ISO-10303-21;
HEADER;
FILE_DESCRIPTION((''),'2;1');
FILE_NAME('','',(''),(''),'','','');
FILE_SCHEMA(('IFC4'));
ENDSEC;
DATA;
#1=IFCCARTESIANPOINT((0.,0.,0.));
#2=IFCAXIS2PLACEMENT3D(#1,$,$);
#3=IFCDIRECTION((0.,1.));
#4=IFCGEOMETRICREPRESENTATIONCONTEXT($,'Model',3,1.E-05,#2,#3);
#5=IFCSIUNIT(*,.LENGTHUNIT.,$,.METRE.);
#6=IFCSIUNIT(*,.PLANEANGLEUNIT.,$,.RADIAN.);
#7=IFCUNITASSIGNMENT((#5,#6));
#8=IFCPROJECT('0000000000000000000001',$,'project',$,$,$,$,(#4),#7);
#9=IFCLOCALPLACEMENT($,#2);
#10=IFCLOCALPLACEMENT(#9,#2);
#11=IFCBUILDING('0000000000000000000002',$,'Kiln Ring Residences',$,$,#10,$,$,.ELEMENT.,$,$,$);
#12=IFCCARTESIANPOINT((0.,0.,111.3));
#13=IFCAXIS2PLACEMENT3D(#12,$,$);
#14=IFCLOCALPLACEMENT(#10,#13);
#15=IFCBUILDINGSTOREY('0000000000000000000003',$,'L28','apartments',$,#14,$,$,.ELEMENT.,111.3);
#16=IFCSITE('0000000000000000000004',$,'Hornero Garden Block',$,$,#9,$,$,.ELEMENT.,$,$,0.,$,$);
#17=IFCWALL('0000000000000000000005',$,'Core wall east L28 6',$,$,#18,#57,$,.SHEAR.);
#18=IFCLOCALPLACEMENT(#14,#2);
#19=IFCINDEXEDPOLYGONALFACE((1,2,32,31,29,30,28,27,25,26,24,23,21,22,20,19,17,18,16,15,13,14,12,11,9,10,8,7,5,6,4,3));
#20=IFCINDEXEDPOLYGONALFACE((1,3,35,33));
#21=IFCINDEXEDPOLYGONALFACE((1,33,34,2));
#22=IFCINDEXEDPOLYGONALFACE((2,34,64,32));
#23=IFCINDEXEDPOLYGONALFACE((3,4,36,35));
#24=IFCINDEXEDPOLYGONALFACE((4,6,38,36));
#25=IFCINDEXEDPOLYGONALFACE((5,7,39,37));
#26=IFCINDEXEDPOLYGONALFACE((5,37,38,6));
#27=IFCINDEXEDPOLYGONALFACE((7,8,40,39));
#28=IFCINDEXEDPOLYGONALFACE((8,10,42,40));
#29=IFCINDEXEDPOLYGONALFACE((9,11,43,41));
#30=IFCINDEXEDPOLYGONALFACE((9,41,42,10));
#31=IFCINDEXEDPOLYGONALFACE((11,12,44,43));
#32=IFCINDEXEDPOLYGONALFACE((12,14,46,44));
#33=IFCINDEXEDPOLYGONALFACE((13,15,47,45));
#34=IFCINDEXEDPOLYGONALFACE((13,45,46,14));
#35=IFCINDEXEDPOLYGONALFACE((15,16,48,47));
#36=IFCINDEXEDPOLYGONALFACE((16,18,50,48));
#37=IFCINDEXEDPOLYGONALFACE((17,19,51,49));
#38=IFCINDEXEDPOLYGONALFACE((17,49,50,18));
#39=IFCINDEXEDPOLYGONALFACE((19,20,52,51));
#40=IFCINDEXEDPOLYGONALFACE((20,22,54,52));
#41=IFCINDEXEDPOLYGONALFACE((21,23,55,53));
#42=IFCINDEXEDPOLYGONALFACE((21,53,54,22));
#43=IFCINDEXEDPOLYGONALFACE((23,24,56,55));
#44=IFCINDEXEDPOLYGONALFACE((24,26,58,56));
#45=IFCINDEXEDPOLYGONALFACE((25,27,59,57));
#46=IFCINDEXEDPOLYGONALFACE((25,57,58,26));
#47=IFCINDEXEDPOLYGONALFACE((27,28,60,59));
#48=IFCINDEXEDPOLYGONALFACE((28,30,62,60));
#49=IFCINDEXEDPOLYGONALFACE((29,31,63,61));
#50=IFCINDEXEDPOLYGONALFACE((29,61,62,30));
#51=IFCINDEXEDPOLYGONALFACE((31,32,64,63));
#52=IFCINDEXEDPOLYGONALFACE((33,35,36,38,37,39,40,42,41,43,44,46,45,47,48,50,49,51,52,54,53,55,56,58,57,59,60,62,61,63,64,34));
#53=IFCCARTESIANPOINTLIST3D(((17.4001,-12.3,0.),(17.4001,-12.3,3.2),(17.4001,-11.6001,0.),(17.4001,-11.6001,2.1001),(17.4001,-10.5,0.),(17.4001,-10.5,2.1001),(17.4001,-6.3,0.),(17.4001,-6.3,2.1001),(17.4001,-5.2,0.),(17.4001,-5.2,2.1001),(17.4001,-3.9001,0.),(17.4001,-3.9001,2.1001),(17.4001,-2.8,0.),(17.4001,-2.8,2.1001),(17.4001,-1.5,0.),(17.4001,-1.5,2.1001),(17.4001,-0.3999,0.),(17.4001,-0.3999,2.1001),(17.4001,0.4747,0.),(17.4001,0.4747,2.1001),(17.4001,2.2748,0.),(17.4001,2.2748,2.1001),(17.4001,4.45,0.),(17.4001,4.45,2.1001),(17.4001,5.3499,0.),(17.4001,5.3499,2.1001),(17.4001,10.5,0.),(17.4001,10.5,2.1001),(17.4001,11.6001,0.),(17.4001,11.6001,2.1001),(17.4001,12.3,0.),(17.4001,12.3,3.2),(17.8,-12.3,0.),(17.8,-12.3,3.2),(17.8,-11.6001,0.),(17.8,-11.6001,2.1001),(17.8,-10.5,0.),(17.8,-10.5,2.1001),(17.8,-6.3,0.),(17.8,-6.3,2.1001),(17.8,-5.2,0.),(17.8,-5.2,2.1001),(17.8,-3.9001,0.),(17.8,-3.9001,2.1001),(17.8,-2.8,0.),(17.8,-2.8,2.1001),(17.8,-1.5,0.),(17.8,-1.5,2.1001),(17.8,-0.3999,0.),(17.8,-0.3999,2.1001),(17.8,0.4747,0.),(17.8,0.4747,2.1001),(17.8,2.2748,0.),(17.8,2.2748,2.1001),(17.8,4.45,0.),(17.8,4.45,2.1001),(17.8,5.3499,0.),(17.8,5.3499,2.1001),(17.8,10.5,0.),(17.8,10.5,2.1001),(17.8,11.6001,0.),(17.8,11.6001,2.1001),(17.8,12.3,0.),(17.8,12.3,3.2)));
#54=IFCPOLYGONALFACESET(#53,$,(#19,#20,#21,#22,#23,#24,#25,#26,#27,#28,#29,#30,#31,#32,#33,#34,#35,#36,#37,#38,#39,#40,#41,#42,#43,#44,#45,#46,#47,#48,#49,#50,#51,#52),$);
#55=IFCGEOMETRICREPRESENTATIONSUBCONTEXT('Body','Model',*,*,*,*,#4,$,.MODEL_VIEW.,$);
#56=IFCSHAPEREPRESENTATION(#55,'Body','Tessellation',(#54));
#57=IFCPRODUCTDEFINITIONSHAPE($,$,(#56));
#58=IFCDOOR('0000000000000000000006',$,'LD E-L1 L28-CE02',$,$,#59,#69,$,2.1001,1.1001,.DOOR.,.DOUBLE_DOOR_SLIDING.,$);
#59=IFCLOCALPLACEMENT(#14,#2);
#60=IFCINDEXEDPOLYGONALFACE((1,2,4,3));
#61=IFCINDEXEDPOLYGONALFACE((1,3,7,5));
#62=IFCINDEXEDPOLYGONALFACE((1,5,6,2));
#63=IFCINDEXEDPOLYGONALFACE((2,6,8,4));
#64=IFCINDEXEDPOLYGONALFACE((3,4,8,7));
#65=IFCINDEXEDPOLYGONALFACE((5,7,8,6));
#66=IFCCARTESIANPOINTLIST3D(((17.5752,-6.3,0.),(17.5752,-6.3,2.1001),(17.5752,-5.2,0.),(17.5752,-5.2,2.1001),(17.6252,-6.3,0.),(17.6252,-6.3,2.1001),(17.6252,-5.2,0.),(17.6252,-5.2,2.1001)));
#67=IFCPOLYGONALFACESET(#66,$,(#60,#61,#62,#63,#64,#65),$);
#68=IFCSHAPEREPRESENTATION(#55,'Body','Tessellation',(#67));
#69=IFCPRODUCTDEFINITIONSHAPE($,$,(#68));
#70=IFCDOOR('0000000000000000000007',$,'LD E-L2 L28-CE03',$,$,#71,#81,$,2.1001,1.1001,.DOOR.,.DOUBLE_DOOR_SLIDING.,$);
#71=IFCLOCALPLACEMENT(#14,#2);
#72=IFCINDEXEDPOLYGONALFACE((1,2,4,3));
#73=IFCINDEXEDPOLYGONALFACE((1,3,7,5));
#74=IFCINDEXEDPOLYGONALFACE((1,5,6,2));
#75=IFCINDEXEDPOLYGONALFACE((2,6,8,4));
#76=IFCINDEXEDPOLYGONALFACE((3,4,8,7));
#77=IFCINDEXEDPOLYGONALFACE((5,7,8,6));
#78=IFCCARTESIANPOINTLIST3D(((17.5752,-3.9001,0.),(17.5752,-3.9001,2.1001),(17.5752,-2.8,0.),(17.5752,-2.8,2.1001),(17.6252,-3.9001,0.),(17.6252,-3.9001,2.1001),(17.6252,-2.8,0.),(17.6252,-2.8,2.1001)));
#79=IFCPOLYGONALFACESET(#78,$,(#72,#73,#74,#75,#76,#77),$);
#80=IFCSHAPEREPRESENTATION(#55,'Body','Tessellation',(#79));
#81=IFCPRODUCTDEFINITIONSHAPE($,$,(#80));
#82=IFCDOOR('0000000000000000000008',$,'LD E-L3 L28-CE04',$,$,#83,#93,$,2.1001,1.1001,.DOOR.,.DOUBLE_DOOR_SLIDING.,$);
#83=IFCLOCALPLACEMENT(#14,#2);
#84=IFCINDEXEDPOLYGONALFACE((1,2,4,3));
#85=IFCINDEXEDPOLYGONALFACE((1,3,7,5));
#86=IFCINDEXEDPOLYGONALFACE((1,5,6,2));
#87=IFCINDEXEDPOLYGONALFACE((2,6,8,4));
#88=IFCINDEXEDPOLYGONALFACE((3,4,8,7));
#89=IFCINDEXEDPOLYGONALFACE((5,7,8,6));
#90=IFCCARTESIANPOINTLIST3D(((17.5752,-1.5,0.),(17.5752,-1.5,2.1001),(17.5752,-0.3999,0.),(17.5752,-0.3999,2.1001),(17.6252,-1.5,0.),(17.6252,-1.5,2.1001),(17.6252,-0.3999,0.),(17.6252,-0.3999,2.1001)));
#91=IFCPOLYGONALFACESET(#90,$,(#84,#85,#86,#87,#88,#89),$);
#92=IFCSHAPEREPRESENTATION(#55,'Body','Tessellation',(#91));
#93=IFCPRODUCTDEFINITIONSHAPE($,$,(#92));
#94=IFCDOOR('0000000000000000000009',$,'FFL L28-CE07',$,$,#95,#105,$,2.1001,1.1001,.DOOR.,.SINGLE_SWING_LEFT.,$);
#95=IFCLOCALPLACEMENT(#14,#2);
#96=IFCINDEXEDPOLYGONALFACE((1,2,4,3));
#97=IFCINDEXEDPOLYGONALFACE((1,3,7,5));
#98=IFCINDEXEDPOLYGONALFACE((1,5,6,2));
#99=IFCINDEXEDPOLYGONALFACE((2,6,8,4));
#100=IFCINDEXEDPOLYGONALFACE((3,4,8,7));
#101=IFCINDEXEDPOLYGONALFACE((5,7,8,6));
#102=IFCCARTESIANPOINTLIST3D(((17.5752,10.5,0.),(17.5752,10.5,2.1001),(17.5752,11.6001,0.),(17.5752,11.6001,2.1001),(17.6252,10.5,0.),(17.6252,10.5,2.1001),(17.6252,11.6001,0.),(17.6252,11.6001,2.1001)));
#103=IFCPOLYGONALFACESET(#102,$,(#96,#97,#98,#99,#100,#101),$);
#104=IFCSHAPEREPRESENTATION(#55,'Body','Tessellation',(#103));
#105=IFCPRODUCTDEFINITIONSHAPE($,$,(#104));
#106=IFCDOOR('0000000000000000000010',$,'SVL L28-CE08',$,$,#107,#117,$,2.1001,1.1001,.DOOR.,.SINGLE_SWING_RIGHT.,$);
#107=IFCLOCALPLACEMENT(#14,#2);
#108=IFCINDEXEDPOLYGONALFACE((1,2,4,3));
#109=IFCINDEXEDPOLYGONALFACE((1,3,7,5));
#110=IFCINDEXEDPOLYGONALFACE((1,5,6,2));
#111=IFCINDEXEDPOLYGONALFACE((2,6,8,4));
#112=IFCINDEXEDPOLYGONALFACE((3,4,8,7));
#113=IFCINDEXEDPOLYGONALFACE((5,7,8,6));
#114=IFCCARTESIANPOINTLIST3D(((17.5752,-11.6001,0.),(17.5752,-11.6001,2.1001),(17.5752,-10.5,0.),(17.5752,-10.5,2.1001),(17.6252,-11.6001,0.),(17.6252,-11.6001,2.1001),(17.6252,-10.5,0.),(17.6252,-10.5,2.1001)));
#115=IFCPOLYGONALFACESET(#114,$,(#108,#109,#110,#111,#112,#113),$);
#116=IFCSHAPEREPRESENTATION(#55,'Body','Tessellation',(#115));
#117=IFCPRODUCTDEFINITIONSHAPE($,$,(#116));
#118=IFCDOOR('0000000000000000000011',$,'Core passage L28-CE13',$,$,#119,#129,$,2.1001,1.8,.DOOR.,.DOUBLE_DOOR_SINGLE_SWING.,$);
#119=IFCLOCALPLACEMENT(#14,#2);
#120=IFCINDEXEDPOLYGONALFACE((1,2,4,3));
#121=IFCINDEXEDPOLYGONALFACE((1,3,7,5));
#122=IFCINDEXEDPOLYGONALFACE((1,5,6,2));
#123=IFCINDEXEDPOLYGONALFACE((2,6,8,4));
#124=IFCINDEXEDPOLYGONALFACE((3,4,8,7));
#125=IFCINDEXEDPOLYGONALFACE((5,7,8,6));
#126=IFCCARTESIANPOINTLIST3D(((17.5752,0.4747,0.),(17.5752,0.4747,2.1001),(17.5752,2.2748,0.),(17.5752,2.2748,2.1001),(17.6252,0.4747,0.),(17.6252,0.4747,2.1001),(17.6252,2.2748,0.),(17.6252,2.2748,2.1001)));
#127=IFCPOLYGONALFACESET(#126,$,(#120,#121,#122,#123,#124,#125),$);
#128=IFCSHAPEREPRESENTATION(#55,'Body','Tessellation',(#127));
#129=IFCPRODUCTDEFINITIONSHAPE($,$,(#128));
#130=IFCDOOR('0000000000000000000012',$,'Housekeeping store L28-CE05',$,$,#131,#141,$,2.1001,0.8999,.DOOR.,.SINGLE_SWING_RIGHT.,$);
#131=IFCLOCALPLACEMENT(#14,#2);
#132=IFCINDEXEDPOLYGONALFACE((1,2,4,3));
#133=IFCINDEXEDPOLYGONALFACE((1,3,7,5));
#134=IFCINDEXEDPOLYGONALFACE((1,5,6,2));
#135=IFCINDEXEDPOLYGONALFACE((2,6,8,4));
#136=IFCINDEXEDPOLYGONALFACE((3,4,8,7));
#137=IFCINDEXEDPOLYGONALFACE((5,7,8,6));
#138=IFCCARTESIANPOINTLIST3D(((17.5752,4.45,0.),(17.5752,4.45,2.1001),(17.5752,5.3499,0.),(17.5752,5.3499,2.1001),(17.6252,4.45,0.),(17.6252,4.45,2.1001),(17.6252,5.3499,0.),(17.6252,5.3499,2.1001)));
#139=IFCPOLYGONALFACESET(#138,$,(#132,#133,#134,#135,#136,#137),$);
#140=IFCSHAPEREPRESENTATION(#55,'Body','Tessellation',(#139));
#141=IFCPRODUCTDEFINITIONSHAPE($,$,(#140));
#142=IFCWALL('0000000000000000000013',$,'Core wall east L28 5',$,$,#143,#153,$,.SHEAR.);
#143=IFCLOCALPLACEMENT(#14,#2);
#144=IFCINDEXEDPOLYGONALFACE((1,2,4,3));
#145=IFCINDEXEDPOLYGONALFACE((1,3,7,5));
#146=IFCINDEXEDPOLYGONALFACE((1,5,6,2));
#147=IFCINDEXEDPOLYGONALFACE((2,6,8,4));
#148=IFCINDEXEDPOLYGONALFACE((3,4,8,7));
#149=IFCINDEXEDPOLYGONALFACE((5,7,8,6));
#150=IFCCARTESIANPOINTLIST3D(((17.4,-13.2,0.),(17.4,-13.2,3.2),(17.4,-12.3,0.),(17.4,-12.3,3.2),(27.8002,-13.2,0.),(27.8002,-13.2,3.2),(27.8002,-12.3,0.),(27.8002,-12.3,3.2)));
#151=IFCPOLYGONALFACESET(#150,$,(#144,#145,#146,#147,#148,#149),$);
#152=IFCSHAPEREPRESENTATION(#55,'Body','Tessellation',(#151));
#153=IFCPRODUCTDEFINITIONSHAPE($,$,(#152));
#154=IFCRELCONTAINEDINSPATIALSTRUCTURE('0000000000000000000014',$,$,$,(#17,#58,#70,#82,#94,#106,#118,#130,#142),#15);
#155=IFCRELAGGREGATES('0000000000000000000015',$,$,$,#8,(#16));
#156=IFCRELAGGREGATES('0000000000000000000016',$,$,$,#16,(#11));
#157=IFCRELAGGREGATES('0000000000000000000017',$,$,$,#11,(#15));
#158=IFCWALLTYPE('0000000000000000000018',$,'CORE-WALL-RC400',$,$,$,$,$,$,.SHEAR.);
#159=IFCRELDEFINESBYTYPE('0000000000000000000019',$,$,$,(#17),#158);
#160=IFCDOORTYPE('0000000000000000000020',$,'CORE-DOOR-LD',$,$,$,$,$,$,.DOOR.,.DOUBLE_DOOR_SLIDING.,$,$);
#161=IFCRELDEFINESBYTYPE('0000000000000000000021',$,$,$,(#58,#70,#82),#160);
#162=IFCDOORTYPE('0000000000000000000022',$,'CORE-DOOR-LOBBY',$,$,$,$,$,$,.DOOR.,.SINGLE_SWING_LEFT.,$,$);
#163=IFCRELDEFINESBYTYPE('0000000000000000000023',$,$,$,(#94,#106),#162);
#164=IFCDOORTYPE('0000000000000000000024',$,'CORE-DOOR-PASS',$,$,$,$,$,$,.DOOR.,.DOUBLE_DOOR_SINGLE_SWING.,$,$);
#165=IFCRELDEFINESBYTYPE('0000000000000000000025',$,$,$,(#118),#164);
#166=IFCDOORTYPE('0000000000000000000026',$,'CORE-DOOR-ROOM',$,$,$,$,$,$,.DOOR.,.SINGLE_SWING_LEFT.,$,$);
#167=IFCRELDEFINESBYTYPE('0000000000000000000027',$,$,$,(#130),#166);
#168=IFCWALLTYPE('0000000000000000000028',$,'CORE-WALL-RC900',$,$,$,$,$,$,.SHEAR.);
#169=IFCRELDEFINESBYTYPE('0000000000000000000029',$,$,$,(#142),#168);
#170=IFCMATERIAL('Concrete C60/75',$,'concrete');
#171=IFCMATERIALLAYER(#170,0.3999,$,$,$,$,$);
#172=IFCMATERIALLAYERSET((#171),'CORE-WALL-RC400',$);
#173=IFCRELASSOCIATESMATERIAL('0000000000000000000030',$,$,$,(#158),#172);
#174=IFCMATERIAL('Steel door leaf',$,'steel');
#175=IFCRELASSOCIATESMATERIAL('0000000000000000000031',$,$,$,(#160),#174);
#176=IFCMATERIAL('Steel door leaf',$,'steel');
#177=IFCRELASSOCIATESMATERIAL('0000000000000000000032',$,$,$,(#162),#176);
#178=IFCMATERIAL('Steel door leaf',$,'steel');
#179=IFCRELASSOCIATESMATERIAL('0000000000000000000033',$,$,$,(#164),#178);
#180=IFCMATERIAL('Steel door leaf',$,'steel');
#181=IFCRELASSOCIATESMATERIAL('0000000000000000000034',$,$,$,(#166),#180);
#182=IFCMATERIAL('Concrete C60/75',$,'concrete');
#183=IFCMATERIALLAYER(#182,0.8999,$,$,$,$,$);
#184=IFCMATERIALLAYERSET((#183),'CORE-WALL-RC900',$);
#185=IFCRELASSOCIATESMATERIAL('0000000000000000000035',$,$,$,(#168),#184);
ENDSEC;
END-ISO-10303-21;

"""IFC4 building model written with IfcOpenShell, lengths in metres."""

from ifc_helpers import new_model, si_unit, direction, frame, frame_2d, origin, place, context, subcontext, project, spatial, rectangle, extrude, material, layer, layer_set, type_object, element, fill, save


model = new_model("IFC4")

# Units and contexts
model_context = context("Model", 3, precision=1e-05, world=origin(), true_north=direction((0.0, 1.0)))
body_context = subcontext(model_context, "Body", "Model", "MODEL_VIEW")
ifc_project = project(units=[si_unit("LENGTHUNIT", "METRE"), si_unit("PLANEANGLEUNIT", "RADIAN")], contexts=[model_context])

# Site, building, storey
site_placement = place(None, origin())
site = spatial("IfcSite", under=ifc_project, at=site_placement, Name="Hornero Garden Block", CompositionType="ELEMENT", RefElevation=0.0)
building_placement = place(site_placement, origin())
building = spatial("IfcBuilding", under=site, at=building_placement, Name="Kiln Ring Residences", CompositionType="ELEMENT")
storey_placement = place(building_placement, frame((0.0, 0.0, 111.3)))
storey = spatial("IfcBuildingStorey", under=building, at=storey_placement, Name="L28", Description="apartments", CompositionType="ELEMENT", Elevation=111.3)

# Wall, openings, doors
ifc_material_1 = material(Name="Concrete C60/75", Category="concrete")
ifc_layer_1 = layer(ifc_material_1, 0.3999)
ifc_layer_set_1 = layer_set([ifc_layer_1], Name="CORE-WALL-RC400")
wall_type_1 = type_object("IfcWallType", Name="CORE-WALL-RC400", PredefinedType="SHEAR", material=ifc_layer_set_1)
wall_1_placement = place(storey_placement, frame((17.6001, -12.3, 0.0), z_axis=(0.0, 0.0, 1.0), x_axis=(0.0, 1.0, 0.0)))
wall_1 = element("IfcWall", 1, at=wall_1_placement, inside=storey, type_object=wall_type_1, Name="Core wall east L28 6", PredefinedType="SHEAR", context=body_context, shape_type="SweptSolid", body=[
    extrude(rectangle(XDim=24.6001, YDim=0.3999, at=frame_2d((12.3, 0.0))), origin(), (0.0, 0.0, 1.0), 3.2),
])
opening_1_placement = place(wall_1_placement, frame((6.0, 0.0, 0.0)))
opening_1 = element("IfcOpeningElement", 2, at=opening_1_placement, cuts=wall_1, PredefinedType="OPENING", context=body_context, shape_type="SweptSolid", body=[
    extrude(rectangle(XDim=1.1001, YDim=2.1001, at=frame_2d((0.55, 1.05))), frame((0.0, 0.21, 0.0), z_axis=(0.0, -1.0, 0.0), x_axis=(1.0, 0.0, 0.0)), (0.0, 0.0, 1.0), 0.4199),
])
opening_2_placement = place(wall_1_placement, frame((8.3999, 0.0, 0.0)))
opening_2 = element("IfcOpeningElement", 3, at=opening_2_placement, cuts=wall_1, PredefinedType="OPENING", context=body_context, shape_type="SweptSolid", body=[
    extrude(rectangle(XDim=1.1001, YDim=2.1001, at=frame_2d((0.55, 1.05))), frame((0.0, 0.21, 0.0), z_axis=(0.0, -1.0, 0.0), x_axis=(1.0, 0.0, 0.0)), (0.0, 0.0, 1.0), 0.4199),
])
opening_3_placement = place(wall_1_placement, frame((10.8, 0.0, 0.0)))
opening_3 = element("IfcOpeningElement", 4, at=opening_3_placement, cuts=wall_1, PredefinedType="OPENING", context=body_context, shape_type="SweptSolid", body=[
    extrude(rectangle(XDim=1.1001, YDim=2.1001, at=frame_2d((0.55, 1.05))), frame((0.0, 0.21, 0.0), z_axis=(0.0, -1.0, 0.0), x_axis=(1.0, 0.0, 0.0)), (0.0, 0.0, 1.0), 0.4199),
])
opening_4_placement = place(wall_1_placement, frame((16.75, 0.0, 0.0)))
opening_4 = element("IfcOpeningElement", 5, at=opening_4_placement, cuts=wall_1, PredefinedType="OPENING", context=body_context, shape_type="SweptSolid", body=[
    extrude(rectangle(XDim=0.8999, YDim=2.1001, at=frame_2d((0.45, 1.05))), frame((0.0, 0.21, 0.0), z_axis=(0.0, -1.0, 0.0), x_axis=(1.0, 0.0, 0.0)), (0.0, 0.0, 1.0), 0.4199),
])
opening_5_placement = place(wall_1_placement, frame((22.8, 0.0, 0.0)))
opening_5 = element("IfcOpeningElement", 6, at=opening_5_placement, cuts=wall_1, PredefinedType="OPENING", context=body_context, shape_type="SweptSolid", body=[
    extrude(rectangle(XDim=1.1001, YDim=2.1001, at=frame_2d((0.55, 1.05))), frame((0.0, 0.21, 0.0), z_axis=(0.0, -1.0, 0.0), x_axis=(1.0, 0.0, 0.0)), (0.0, 0.0, 1.0), 0.4199),
])
opening_6_placement = place(wall_1_placement, frame((0.7, 0.0, 0.0)))
opening_6 = element("IfcOpeningElement", 7, at=opening_6_placement, cuts=wall_1, PredefinedType="OPENING", context=body_context, shape_type="SweptSolid", body=[
    extrude(rectangle(XDim=1.1001, YDim=2.1001, at=frame_2d((0.55, 1.05))), frame((0.0, 0.21, 0.0), z_axis=(0.0, -1.0, 0.0), x_axis=(1.0, 0.0, 0.0)), (0.0, 0.0, 1.0), 0.4199),
])
opening_7_placement = place(wall_1_placement, frame((12.7749, 0.0, 0.0)))
opening_7 = element("IfcOpeningElement", 8, at=opening_7_placement, cuts=wall_1, PredefinedType="OPENING", context=body_context, shape_type="SweptSolid", body=[
    extrude(rectangle(XDim=1.8, YDim=2.1001, at=frame_2d((0.8999, 1.05))), frame((0.0, 0.21, 0.0), z_axis=(0.0, -1.0, 0.0), x_axis=(1.0, 0.0, 0.0)), (0.0, 0.0, 1.0), 0.4199),
])
ifc_material_2 = material(Name="Steel door leaf", Category="steel")
door_type_1 = type_object("IfcDoorType", Name="CORE-DOOR-LD", OperationType="DOUBLE_DOOR_SLIDING", PredefinedType="DOOR", material=ifc_material_2)
door_1_placement = place(opening_1_placement, origin())
door_1 = element("IfcDoor", 9, at=door_1_placement, inside=storey, type_object=door_type_1, Name="LD E-L1 L28-CE02", OperationType="DOUBLE_DOOR_SLIDING", OverallHeight=2.1001, OverallWidth=1.1001, PredefinedType="DOOR", context=body_context, shape_type="SweptSolid", body=[
    extrude(rectangle(XDim=1.1001, YDim=2.1001, at=frame_2d((0.55, 1.05))), frame((0.0, 0.0249, 0.0), z_axis=(0.0, -1.0, 0.0), x_axis=(1.0, 0.0, 0.0)), (0.0, 0.0, 1.0), 0.05),
])
fill(opening_1, door_1)
door_2_placement = place(opening_2_placement, origin())
door_2 = element("IfcDoor", 10, at=door_2_placement, inside=storey, type_object=door_type_1, Name="LD E-L2 L28-CE03", OperationType="DOUBLE_DOOR_SLIDING", OverallHeight=2.1001, OverallWidth=1.1001, PredefinedType="DOOR", context=body_context, shape_type="SweptSolid", body=[
    extrude(rectangle(XDim=1.1001, YDim=2.1001, at=frame_2d((0.55, 1.05))), frame((0.0, 0.0249, 0.0), z_axis=(0.0, -1.0, 0.0), x_axis=(1.0, 0.0, 0.0)), (0.0, 0.0, 1.0), 0.05),
])
fill(opening_2, door_2)
door_3_placement = place(opening_3_placement, origin())
door_3 = element("IfcDoor", 11, at=door_3_placement, inside=storey, type_object=door_type_1, Name="LD E-L3 L28-CE04", OperationType="DOUBLE_DOOR_SLIDING", OverallHeight=2.1001, OverallWidth=1.1001, PredefinedType="DOOR", context=body_context, shape_type="SweptSolid", body=[
    extrude(rectangle(XDim=1.1001, YDim=2.1001, at=frame_2d((0.55, 1.05))), frame((0.0, 0.0249, 0.0), z_axis=(0.0, -1.0, 0.0), x_axis=(1.0, 0.0, 0.0)), (0.0, 0.0, 1.0), 0.05),
])
fill(opening_3, door_3)
ifc_material_3 = material(Name="Steel door leaf", Category="steel")
door_type_2 = type_object("IfcDoorType", Name="CORE-DOOR-LOBBY", OperationType="SINGLE_SWING_LEFT", PredefinedType="DOOR", material=ifc_material_3)
door_4_placement = place(opening_5_placement, origin())
door_4 = element("IfcDoor", 12, at=door_4_placement, inside=storey, type_object=door_type_2, Name="FFL L28-CE07", OperationType="SINGLE_SWING_LEFT", OverallHeight=2.1001, OverallWidth=1.1001, PredefinedType="DOOR", context=body_context, shape_type="SweptSolid", body=[
    extrude(rectangle(XDim=1.1001, YDim=2.1001, at=frame_2d((0.55, 1.05))), frame((0.0, 0.0249, 0.0), z_axis=(0.0, -1.0, 0.0), x_axis=(1.0, 0.0, 0.0)), (0.0, 0.0, 1.0), 0.05),
])
fill(opening_5, door_4)
door_5_placement = place(opening_6_placement, origin())
door_5 = element("IfcDoor", 13, at=door_5_placement, inside=storey, type_object=door_type_2, Name="SVL L28-CE08", OperationType="SINGLE_SWING_RIGHT", OverallHeight=2.1001, OverallWidth=1.1001, PredefinedType="DOOR", context=body_context, shape_type="SweptSolid", body=[
    extrude(rectangle(XDim=1.1001, YDim=2.1001, at=frame_2d((0.55, 1.05))), frame((0.0, 0.0249, 0.0), z_axis=(0.0, -1.0, 0.0), x_axis=(1.0, 0.0, 0.0)), (0.0, 0.0, 1.0), 0.05),
])
fill(opening_6, door_5)
ifc_material_4 = material(Name="Steel door leaf", Category="steel")
door_type_3 = type_object("IfcDoorType", Name="CORE-DOOR-PASS", OperationType="DOUBLE_DOOR_SINGLE_SWING", PredefinedType="DOOR", material=ifc_material_4)
door_6_placement = place(opening_7_placement, origin())
door_6 = element("IfcDoor", 14, at=door_6_placement, inside=storey, type_object=door_type_3, Name="Core passage L28-CE13", OperationType="DOUBLE_DOOR_SINGLE_SWING", OverallHeight=2.1001, OverallWidth=1.8, PredefinedType="DOOR", context=body_context, shape_type="SweptSolid", body=[
    extrude(rectangle(XDim=1.8, YDim=2.1001, at=frame_2d((0.8999, 1.05))), frame((0.0, 0.0249, 0.0), z_axis=(0.0, -1.0, 0.0), x_axis=(1.0, 0.0, 0.0)), (0.0, 0.0, 1.0), 0.05),
])
fill(opening_7, door_6)
ifc_material_5 = material(Name="Steel door leaf", Category="steel")
door_type_4 = type_object("IfcDoorType", Name="CORE-DOOR-ROOM", OperationType="SINGLE_SWING_LEFT", PredefinedType="DOOR", material=ifc_material_5)
door_7_placement = place(opening_4_placement, origin())
door_7 = element("IfcDoor", 15, at=door_7_placement, inside=storey, type_object=door_type_4, Name="Housekeeping store L28-CE05", OperationType="SINGLE_SWING_RIGHT", OverallHeight=2.1001, OverallWidth=0.8999, PredefinedType="DOOR", context=body_context, shape_type="SweptSolid", body=[
    extrude(rectangle(XDim=0.8999, YDim=2.1001, at=frame_2d((0.45, 1.05))), frame((0.0, 0.0249, 0.0), z_axis=(0.0, -1.0, 0.0), x_axis=(1.0, 0.0, 0.0)), (0.0, 0.0, 1.0), 0.05),
])
fill(opening_4, door_7)

# Wall
ifc_material_6 = material(Name="Concrete C60/75", Category="concrete")
ifc_layer_2 = layer(ifc_material_6, 0.8999)
ifc_layer_set_2 = layer_set([ifc_layer_2], Name="CORE-WALL-RC900")
wall_type_2 = type_object("IfcWallType", Name="CORE-WALL-RC900", PredefinedType="SHEAR", material=ifc_layer_set_2)
wall_2_placement = place(storey_placement, frame((17.3999, -12.75, 0.0), z_axis=(0.0, 0.0, 1.0), x_axis=(1.0, 0.0, 0.0)))
element("IfcWall", 16, at=wall_2_placement, inside=storey, type_object=wall_type_2, Name="Core wall east L28 5", PredefinedType="SHEAR", context=body_context, shape_type="SweptSolid", body=[
    extrude(rectangle(XDim=10.4001, YDim=0.8999, at=frame_2d((5.2002, 0.0))), origin(), (0.0, 0.0, 1.0), 3.2),
])

save(model, "model.ifc")
